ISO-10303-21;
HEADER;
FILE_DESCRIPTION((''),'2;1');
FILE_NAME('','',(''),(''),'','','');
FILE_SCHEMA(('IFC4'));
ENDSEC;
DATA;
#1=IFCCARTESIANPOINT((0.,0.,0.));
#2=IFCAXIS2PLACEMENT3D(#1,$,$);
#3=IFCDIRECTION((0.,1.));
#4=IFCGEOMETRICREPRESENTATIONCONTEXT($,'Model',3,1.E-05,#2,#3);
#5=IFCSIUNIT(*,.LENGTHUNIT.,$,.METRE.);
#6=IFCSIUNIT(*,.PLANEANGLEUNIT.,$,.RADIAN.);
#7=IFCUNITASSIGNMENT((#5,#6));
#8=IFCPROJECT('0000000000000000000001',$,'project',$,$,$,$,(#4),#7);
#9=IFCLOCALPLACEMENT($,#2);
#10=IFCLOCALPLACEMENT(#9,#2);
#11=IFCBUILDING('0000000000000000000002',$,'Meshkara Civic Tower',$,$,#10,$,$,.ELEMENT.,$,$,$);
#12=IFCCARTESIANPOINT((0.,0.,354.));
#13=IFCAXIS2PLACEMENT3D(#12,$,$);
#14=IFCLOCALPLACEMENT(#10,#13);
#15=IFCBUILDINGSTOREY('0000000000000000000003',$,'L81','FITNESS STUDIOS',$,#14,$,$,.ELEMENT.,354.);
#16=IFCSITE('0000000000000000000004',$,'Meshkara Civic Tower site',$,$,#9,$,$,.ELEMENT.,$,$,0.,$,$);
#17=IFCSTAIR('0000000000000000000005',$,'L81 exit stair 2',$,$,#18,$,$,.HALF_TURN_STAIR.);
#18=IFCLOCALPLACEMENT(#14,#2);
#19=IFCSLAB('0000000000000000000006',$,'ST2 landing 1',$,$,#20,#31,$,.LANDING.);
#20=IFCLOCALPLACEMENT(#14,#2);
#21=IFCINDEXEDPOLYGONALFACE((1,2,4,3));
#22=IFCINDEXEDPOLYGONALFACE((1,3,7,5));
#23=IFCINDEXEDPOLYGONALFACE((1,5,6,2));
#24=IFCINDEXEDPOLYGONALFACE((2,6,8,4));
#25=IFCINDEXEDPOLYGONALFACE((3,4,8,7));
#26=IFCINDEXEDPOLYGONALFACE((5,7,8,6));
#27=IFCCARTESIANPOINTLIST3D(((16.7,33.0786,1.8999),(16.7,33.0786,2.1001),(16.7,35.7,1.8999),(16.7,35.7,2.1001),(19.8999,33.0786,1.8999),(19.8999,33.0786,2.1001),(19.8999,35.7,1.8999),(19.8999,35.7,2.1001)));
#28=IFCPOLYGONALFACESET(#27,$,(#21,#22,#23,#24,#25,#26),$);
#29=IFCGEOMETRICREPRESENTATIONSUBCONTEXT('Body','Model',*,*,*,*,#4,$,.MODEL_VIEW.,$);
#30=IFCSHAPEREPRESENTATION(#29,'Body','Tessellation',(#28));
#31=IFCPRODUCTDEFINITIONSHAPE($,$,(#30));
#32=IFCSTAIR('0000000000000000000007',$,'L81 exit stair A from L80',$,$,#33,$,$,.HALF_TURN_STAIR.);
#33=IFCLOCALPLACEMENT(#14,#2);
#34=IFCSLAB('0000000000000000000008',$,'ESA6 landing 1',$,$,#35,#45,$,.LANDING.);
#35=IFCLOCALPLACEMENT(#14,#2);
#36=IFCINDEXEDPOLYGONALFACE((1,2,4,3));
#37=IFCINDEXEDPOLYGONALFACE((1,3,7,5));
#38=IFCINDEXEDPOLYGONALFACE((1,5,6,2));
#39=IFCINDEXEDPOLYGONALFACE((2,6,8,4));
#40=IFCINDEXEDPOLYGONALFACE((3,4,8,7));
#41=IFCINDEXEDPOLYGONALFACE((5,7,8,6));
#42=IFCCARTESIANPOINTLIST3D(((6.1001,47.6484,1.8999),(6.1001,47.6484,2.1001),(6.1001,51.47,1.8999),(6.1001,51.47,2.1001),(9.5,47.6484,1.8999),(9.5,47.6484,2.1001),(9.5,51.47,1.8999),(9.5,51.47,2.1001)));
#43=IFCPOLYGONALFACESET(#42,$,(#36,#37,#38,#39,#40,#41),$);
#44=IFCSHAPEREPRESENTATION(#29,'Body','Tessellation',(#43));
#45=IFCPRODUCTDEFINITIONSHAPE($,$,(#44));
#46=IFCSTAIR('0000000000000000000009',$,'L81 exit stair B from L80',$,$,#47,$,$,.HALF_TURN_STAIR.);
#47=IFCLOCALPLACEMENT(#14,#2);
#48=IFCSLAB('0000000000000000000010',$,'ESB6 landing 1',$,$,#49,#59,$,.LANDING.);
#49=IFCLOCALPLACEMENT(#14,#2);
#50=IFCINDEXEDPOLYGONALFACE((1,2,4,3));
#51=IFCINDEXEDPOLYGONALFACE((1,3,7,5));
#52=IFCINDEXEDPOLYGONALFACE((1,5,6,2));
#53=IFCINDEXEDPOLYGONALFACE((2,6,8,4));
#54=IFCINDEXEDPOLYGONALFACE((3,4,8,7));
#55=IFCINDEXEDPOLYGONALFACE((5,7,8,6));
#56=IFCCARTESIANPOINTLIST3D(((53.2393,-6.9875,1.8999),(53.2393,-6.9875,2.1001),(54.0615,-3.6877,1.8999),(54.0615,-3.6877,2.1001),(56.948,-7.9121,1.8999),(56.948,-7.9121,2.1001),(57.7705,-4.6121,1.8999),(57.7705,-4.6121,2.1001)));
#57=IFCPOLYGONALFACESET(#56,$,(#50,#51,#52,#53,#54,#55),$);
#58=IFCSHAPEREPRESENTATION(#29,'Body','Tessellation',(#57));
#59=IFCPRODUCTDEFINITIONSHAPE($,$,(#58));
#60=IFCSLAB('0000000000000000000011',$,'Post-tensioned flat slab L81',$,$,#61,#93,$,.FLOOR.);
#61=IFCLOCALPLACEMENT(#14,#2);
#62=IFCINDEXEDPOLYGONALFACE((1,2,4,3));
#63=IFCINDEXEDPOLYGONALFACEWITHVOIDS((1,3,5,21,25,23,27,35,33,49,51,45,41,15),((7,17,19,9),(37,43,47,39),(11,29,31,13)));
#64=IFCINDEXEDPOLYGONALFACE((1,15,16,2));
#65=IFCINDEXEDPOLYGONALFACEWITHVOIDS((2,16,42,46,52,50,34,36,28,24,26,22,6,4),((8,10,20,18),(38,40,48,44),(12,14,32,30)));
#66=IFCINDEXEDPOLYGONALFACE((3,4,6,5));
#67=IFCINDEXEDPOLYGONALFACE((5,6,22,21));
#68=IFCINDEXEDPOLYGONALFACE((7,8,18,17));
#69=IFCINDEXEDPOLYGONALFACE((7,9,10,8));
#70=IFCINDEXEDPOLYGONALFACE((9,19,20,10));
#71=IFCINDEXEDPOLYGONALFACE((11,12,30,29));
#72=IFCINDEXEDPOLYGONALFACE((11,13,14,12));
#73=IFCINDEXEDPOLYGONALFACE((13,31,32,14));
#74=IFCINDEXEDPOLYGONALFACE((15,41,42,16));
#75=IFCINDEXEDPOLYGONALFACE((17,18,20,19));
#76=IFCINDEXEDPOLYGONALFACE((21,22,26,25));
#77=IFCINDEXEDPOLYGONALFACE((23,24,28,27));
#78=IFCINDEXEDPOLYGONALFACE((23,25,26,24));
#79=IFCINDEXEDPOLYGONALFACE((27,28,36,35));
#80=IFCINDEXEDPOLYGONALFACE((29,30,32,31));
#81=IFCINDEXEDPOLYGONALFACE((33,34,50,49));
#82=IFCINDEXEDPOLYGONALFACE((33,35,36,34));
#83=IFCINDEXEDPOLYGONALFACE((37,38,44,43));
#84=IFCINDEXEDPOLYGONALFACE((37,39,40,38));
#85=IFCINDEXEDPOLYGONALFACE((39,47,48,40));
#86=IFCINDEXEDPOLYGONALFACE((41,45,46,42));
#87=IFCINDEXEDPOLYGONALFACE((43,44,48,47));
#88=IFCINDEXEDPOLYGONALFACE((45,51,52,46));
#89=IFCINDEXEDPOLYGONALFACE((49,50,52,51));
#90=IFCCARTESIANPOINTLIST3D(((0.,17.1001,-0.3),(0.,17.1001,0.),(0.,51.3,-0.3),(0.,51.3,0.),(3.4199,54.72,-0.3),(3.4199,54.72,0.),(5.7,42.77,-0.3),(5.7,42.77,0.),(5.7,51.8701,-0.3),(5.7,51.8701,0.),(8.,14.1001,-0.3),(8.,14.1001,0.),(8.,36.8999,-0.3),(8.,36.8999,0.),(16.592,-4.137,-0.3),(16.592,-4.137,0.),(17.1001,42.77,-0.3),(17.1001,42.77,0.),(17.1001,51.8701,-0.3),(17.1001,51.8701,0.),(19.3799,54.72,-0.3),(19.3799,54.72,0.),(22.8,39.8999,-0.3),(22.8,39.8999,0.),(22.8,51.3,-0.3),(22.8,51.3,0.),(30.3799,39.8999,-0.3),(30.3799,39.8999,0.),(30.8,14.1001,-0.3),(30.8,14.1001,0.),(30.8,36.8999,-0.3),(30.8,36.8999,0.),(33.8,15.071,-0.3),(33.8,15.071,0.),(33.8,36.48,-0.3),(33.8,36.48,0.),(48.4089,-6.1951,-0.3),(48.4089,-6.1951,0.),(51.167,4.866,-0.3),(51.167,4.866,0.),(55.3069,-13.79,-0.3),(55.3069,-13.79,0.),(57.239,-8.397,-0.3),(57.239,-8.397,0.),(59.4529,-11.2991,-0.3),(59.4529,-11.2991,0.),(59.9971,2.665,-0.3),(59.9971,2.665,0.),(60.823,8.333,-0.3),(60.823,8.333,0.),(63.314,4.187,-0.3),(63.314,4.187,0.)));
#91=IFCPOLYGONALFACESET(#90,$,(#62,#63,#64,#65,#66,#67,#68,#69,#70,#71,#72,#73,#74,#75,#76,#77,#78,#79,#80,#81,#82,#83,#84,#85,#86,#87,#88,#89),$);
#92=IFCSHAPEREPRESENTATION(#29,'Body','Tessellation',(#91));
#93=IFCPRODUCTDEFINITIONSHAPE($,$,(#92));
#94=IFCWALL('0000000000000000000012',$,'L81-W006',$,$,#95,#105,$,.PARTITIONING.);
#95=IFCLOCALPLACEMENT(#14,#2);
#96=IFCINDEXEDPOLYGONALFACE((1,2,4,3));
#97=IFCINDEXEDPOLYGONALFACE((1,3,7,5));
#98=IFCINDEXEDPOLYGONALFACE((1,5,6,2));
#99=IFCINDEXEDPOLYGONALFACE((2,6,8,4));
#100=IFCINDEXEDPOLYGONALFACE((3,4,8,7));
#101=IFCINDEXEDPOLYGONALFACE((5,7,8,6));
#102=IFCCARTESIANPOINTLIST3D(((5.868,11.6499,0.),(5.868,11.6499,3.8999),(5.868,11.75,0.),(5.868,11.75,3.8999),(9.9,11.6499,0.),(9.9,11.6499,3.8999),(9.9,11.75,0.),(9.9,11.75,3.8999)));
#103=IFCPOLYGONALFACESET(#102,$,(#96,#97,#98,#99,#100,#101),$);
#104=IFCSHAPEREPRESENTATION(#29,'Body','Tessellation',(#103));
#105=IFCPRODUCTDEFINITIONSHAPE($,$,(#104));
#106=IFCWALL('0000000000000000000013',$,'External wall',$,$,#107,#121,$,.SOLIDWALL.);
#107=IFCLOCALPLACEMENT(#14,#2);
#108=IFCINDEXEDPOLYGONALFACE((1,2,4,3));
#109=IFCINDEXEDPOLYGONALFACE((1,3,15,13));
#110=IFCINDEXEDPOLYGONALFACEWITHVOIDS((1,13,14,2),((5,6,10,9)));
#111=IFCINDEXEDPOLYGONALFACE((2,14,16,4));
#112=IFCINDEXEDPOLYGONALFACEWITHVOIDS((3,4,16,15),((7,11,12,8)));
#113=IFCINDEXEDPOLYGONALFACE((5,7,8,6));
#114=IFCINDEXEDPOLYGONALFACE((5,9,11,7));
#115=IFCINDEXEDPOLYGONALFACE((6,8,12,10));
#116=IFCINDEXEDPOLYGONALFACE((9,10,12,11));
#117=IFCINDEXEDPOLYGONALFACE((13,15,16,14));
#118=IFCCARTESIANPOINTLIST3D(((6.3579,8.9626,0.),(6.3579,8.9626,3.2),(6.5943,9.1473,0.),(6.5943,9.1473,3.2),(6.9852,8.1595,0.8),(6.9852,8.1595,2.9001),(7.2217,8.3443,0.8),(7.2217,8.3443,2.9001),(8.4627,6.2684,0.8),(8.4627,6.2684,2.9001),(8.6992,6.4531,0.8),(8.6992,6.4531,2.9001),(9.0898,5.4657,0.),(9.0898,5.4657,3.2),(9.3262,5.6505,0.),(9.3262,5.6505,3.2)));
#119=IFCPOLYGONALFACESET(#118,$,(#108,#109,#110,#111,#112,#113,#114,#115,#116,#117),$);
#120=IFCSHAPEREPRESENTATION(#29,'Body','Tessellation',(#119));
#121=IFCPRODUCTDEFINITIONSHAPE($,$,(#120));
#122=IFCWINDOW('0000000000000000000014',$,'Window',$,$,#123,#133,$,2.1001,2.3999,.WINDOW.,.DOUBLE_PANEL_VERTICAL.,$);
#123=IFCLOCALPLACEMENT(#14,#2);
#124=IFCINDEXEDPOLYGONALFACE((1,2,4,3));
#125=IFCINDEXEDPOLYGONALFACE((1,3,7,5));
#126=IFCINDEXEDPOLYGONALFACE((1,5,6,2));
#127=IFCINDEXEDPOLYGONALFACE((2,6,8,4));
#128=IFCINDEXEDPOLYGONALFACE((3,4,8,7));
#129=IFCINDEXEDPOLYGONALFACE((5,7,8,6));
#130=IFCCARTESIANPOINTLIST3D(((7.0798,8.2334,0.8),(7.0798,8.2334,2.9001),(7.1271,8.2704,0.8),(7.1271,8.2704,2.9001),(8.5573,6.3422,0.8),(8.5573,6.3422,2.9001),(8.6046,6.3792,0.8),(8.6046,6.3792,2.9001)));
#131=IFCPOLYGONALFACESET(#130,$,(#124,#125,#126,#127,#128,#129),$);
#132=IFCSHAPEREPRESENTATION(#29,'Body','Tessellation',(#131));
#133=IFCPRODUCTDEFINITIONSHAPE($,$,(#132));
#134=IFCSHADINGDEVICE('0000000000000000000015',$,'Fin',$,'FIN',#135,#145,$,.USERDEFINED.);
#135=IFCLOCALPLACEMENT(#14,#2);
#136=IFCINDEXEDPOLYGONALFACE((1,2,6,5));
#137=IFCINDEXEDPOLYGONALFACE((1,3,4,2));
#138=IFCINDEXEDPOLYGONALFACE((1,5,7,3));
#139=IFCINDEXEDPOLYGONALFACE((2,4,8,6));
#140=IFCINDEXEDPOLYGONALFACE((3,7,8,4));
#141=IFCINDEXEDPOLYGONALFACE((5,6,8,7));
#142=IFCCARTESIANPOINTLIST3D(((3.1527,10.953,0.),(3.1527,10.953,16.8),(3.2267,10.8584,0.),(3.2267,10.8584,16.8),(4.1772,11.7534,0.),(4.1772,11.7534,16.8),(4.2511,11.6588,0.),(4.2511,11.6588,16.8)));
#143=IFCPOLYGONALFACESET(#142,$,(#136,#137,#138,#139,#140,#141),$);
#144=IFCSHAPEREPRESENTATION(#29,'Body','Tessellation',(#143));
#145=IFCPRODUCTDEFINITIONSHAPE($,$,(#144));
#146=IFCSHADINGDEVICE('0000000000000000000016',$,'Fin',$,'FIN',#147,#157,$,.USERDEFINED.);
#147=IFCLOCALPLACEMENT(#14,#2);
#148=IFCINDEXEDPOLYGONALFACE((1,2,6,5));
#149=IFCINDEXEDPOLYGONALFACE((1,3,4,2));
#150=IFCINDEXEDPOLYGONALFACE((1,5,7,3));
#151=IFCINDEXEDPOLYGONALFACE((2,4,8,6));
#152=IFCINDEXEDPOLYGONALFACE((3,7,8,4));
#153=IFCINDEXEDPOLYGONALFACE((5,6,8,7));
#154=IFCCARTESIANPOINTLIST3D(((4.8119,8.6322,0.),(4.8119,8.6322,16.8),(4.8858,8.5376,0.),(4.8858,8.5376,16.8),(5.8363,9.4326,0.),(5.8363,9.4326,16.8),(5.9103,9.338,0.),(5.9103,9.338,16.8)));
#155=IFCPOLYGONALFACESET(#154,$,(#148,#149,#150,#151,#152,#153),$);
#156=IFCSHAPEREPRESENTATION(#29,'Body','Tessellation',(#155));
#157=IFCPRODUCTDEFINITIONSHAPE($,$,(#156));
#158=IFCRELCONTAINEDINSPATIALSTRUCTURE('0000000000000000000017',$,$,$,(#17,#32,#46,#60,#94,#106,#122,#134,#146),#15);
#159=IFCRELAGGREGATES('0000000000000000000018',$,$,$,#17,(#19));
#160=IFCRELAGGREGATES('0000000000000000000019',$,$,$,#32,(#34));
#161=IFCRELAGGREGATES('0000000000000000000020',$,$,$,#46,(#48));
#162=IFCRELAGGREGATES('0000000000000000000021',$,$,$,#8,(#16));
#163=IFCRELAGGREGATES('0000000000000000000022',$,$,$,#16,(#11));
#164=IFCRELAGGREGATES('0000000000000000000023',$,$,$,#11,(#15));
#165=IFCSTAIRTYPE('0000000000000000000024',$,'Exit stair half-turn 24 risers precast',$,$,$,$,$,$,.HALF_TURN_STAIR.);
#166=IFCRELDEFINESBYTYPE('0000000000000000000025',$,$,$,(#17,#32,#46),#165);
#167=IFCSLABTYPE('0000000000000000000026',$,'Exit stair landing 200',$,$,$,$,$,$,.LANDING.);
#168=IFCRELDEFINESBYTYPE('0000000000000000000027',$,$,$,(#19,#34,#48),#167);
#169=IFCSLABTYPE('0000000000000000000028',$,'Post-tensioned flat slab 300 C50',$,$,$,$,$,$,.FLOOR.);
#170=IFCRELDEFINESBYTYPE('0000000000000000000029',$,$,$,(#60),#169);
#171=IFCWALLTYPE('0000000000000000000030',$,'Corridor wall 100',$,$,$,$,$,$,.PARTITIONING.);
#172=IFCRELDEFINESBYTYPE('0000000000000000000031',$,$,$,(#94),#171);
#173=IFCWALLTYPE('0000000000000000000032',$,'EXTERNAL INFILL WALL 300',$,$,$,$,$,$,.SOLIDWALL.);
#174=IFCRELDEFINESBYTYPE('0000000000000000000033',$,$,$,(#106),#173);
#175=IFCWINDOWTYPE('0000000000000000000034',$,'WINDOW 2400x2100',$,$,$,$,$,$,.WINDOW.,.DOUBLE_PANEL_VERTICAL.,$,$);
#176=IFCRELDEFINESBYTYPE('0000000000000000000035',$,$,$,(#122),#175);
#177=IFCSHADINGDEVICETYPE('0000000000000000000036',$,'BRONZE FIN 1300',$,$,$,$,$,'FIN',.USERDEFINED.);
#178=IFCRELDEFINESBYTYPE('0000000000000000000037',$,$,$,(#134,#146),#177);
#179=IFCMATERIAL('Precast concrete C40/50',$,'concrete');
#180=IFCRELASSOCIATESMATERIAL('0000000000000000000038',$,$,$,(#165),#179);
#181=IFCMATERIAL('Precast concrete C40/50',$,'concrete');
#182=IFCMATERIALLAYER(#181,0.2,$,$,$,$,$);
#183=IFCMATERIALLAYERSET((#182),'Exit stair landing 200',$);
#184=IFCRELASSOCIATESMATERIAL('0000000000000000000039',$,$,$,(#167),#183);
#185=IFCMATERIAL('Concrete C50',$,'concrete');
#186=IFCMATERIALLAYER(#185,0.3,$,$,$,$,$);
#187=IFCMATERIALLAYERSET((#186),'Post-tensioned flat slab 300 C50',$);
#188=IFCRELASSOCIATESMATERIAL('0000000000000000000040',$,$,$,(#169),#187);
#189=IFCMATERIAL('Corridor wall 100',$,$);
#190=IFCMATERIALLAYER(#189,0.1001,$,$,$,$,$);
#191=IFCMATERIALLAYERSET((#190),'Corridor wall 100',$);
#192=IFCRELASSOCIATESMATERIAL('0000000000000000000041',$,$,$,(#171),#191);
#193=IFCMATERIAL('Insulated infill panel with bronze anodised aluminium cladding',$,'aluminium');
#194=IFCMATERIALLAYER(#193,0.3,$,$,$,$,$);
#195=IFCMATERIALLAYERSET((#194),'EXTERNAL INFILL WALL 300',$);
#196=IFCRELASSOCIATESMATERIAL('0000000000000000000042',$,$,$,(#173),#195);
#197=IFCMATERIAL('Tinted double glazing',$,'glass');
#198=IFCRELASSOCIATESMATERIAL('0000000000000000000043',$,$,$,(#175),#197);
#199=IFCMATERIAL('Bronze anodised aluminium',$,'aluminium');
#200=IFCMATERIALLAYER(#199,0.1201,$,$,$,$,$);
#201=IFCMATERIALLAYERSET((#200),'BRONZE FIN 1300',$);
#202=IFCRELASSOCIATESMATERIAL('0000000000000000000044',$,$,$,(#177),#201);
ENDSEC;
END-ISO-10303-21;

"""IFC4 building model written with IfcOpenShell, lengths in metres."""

from ifc_helpers import new_model, si_unit, direction, frame, frame_2d, origin, origin_2d, place, context, subcontext, project, spatial, polyline, rectangle, outline, extrude, material, layer, layer_set, type_object, element, fill, aggregate, save


model = new_model("IFC4")

# Units and contexts
model_context = context("Model", 3, precision=1e-05, world=origin(), true_north=direction((0.0, 1.0)))
body_context = subcontext(model_context, "Body", "Model", "MODEL_VIEW")
ifc_project = project(units=[si_unit("LENGTHUNIT", "METRE"), si_unit("PLANEANGLEUNIT", "RADIAN")], contexts=[model_context])

# Site, building, storey
site_placement = place(None, origin())
site = spatial("IfcSite", under=ifc_project, at=site_placement, Name="Meshkara Civic Tower site", CompositionType="ELEMENT", RefElevation=0.0)
building_placement = place(site_placement, origin())
building = spatial("IfcBuilding", under=site, at=building_placement, Name="Meshkara Civic Tower", CompositionType="ELEMENT")
storey_placement = place(building_placement, frame((0.0, 0.0, 354.0)))
storey = spatial("IfcBuildingStorey", under=building, at=storey_placement, Name="L81", Description="FITNESS STUDIOS", CompositionType="ELEMENT", Elevation=354.0)

# Stairs, slabs
ifc_material_1 = material(Name="Precast concrete C40/50", Category="concrete")
stair_type = type_object("IfcStairType", Name="Exit stair half-turn 24 risers precast", PredefinedType="HALF_TURN_STAIR", material=ifc_material_1)
ifc_material_2 = material(Name="Precast concrete C40/50", Category="concrete")
ifc_layer_1 = layer(ifc_material_2, 0.2)
ifc_layer_set_1 = layer_set([ifc_layer_1], Name="Exit stair landing 200")
slab_type_1 = type_object("IfcSlabType", Name="Exit stair landing 200", PredefinedType="LANDING", material=ifc_layer_set_1)
stair_1_placement = place(storey_placement, origin())
stair_1 = element("IfcStair", 1, at=stair_1_placement, inside=storey, type_object=stair_type, Name="L81 exit stair 2", PredefinedType="HALF_TURN_STAIR")
slab_1_placement = place(storey_placement, frame((0.0, 0.0, 1.8999)))
slab_1 = element("IfcSlab", 2, at=slab_1_placement, type_object=slab_type_1, Name="ST2 landing 1", PredefinedType="LANDING", context=body_context, shape_type="SweptSolid", body=[
    extrude(outline(polyline([(19.8999, 33.0786), (19.8999, 35.7), (16.7, 35.7), (16.7, 33.0786), (19.8999, 33.0786)])), origin(), (0.0, 0.0, 1.0), 0.2002),
])
aggregate(stair_1, [slab_1])
stair_2_placement = place(storey_placement, origin())
stair_2 = element("IfcStair", 3, at=stair_2_placement, inside=storey, type_object=stair_type, Name="L81 exit stair A from L80", PredefinedType="HALF_TURN_STAIR")
slab_2_placement = place(storey_placement, frame((0.0, 0.0, 1.8999)))
slab_2 = element("IfcSlab", 4, at=slab_2_placement, type_object=slab_type_1, Name="ESA6 landing 1", PredefinedType="LANDING", context=body_context, shape_type="SweptSolid", body=[
    extrude(outline(polyline([(9.5, 47.6484), (9.5, 51.47), (6.1001, 51.47), (6.1001, 47.6484), (9.5, 47.6484)])), origin(), (0.0, 0.0, 1.0), 0.2002),
])
aggregate(stair_2, [slab_2])
stair_3_placement = place(storey_placement, origin())
stair_3 = element("IfcStair", 5, at=stair_3_placement, inside=storey, type_object=stair_type, Name="L81 exit stair B from L80", PredefinedType="HALF_TURN_STAIR")
slab_3_placement = place(storey_placement, frame((0.0, 0.0, 1.8999)))
slab_3 = element("IfcSlab", 6, at=slab_3_placement, type_object=slab_type_1, Name="ESB6 landing 1", PredefinedType="LANDING", context=body_context, shape_type="SweptSolid", body=[
    extrude(outline(polyline([(53.2393, -6.9875), (56.948, -7.9121), (57.7705, -4.6121), (54.0615, -3.6877), (53.2393, -6.9875)])), origin(), (0.0, 0.0, 1.0), 0.2002),
])
aggregate(stair_3, [slab_3])

# Slab
ifc_material_3 = material(Name="Concrete C50", Category="concrete")
ifc_layer_2 = layer(ifc_material_3, 0.3)
ifc_layer_set_2 = layer_set([ifc_layer_2], Name="Post-tensioned flat slab 300 C50")
slab_type_2 = type_object("IfcSlabType", Name="Post-tensioned flat slab 300 C50", PredefinedType="FLOOR", material=ifc_layer_set_2)
slab_4_placement = place(storey_placement, frame((0.0, 0.0, -0.3)))
element("IfcSlab", 7, at=slab_4_placement, inside=storey, type_object=slab_type_2, Name="Post-tensioned flat slab L81", PredefinedType="FLOOR", context=body_context, shape_type="SweptSolid", body=[
    extrude(outline(polyline([(59.4529, -11.2991), (55.3069, -13.79), (16.592, -4.137), (0.0, 17.1001), (0.0, 51.3), (3.4199, 54.72), (19.3799, 54.72), (22.8, 51.3), (22.8, 39.8999), (30.3799, 39.8999), (33.8, 36.48), (33.8, 15.071), (60.823, 8.333), (63.314, 4.187), (59.4529, -11.2991)]), holes=[polyline([(57.239, -8.397), (59.9971, 2.665), (51.167, 4.866), (48.4089, -6.1951), (57.239, -8.397)]), polyline([(8.0, 14.1001), (30.8, 14.1001), (30.8, 36.8999), (8.0, 36.8999), (8.0, 14.1001)]), polyline([(5.7, 51.8701), (5.7, 42.77), (17.1001, 42.77), (17.1001, 51.8701), (5.7, 51.8701)])]), origin(), (0.0, 0.0, 1.0), 0.3),
])

# Wall
ifc_material_4 = material(Name="Corridor wall 100")
ifc_layer_3 = layer(ifc_material_4, 0.1001)
ifc_layer_set_3 = layer_set([ifc_layer_3], Name="Corridor wall 100")
wall_type_1 = type_object("IfcWallType", Name="Corridor wall 100", PredefinedType="PARTITIONING", material=ifc_layer_set_3)
wall_1_placement = place(storey_placement, frame((5.8679, 11.7, 0.0), z_axis=(0.0, 0.0, 1.0), x_axis=(1.0, 0.0, 0.0)))
element("IfcWall", 8, at=wall_1_placement, inside=storey, type_object=wall_type_1, Name="L81-W006", PredefinedType="PARTITIONING", context=body_context, shape_type="SweptSolid", body=[
    extrude(rectangle(XDim=4.032, YDim=0.1001, at=frame_2d((2.0161, 0.0))), origin(), (0.0, 0.0, 1.0), 3.8999),
])

# Wall, opening, window
ifc_material_5 = material(Name="Insulated infill panel with bronze anodised aluminium cladding", Category="aluminium")
ifc_layer_4 = layer(ifc_material_5, 0.3)
ifc_layer_set_4 = layer_set([ifc_layer_4], Name="EXTERNAL INFILL WALL 300")
wall_type_2 = type_object("IfcWallType", Name="EXTERNAL INFILL WALL 300", PredefinedType="SOLIDWALL", material=ifc_layer_set_4)
wall_2_placement = place(storey_placement, frame((6.4761, 9.0549, 0.0), z_axis=(0.0, 0.0, 1.0), x_axis=(0.615649, -0.78802, 0.0)))
wall_2 = element("IfcWall", 9, at=wall_2_placement, inside=storey, type_object=wall_type_2, Name="External wall", PredefinedType="SOLIDWALL", context=body_context, shape_type="SweptSolid", body=[
    extrude(rectangle(XDim=4.4375, YDim=0.3, at=frame_2d((2.2188, 0.0))), origin(), (0.0, 0.0, 1.0), 3.2),
])
opening_placement = place(wall_2_placement, frame((1.019, 0.0, 0.8)))
opening = element("IfcOpeningElement", 10, at=opening_placement, cuts=wall_2, PredefinedType="OPENING", context=body_context, shape_type="SweptSolid", body=[
    extrude(rectangle(XDim=2.3999, YDim=2.1001, at=frame_2d((1.2, 1.05))), frame((0.0, 0.1599, 0.0), z_axis=(0.0, -1.0, 0.0), x_axis=(1.0, 0.0, 0.0)), (0.0, 0.0, 1.0), 0.3201),
])
ifc_material_6 = material(Name="Tinted double glazing", Category="glass")
window_type = type_object("IfcWindowType", Name="WINDOW 2400x2100", PartitioningType="DOUBLE_PANEL_VERTICAL", PredefinedType="WINDOW", material=ifc_material_6)
window_placement = place(opening_placement, origin())
window = element("IfcWindow", 11, at=window_placement, inside=storey, type_object=window_type, Name="Window", OverallHeight=2.1001, OverallWidth=2.3999, PartitioningType="DOUBLE_PANEL_VERTICAL", PredefinedType="WINDOW", context=body_context, shape_type="SweptSolid", body=[
    extrude(rectangle(XDim=2.3999, YDim=2.1001, at=frame_2d((1.2, 1.05))), frame((0.0, 0.03, 0.0), z_axis=(0.0, -1.0, 0.0), x_axis=(1.0, 0.0, 0.0)), (0.0, 0.0, 1.0), 0.0601),
])
fill(opening, window)

# Shading devices
ifc_material_7 = material(Name="Bronze anodised aluminium", Category="aluminium")
ifc_layer_5 = layer(ifc_material_7, 0.1201)
ifc_layer_set_5 = layer_set([ifc_layer_5], Name="BRONZE FIN 1300")
shading_device_type = type_object("IfcShadingDeviceType", Name="BRONZE FIN 1300", ElementType="FIN", PredefinedType="USERDEFINED", material=ifc_layer_set_5)
for number, where, z_axis, x_axis, name in (
    (12, (3.7019, 11.3059, 0.0), (0.0, 0.0, 1.0), (0.615661, -0.788011, 0.0), "Fin"),
    (13, (5.3611, 8.9851, 0.0), (0.0, 0.0, 1.0), (0.615661, -0.788011, 0.0), "Fin"),
):
    element("IfcShadingDevice", number, at=place(storey_placement, frame(where, z_axis=z_axis, x_axis=x_axis)), inside=storey, type_object=shading_device_type, Name=name, ObjectType="FIN", PredefinedType="USERDEFINED", context=body_context, shape_type="SweptSolid", body=[
        extrude(rectangle(XDim=0.1201, YDim=1.3, at=origin_2d()), origin(), (0.0, 0.0, 1.0), 16.8),
    ])

save(model, "model.ifc")
